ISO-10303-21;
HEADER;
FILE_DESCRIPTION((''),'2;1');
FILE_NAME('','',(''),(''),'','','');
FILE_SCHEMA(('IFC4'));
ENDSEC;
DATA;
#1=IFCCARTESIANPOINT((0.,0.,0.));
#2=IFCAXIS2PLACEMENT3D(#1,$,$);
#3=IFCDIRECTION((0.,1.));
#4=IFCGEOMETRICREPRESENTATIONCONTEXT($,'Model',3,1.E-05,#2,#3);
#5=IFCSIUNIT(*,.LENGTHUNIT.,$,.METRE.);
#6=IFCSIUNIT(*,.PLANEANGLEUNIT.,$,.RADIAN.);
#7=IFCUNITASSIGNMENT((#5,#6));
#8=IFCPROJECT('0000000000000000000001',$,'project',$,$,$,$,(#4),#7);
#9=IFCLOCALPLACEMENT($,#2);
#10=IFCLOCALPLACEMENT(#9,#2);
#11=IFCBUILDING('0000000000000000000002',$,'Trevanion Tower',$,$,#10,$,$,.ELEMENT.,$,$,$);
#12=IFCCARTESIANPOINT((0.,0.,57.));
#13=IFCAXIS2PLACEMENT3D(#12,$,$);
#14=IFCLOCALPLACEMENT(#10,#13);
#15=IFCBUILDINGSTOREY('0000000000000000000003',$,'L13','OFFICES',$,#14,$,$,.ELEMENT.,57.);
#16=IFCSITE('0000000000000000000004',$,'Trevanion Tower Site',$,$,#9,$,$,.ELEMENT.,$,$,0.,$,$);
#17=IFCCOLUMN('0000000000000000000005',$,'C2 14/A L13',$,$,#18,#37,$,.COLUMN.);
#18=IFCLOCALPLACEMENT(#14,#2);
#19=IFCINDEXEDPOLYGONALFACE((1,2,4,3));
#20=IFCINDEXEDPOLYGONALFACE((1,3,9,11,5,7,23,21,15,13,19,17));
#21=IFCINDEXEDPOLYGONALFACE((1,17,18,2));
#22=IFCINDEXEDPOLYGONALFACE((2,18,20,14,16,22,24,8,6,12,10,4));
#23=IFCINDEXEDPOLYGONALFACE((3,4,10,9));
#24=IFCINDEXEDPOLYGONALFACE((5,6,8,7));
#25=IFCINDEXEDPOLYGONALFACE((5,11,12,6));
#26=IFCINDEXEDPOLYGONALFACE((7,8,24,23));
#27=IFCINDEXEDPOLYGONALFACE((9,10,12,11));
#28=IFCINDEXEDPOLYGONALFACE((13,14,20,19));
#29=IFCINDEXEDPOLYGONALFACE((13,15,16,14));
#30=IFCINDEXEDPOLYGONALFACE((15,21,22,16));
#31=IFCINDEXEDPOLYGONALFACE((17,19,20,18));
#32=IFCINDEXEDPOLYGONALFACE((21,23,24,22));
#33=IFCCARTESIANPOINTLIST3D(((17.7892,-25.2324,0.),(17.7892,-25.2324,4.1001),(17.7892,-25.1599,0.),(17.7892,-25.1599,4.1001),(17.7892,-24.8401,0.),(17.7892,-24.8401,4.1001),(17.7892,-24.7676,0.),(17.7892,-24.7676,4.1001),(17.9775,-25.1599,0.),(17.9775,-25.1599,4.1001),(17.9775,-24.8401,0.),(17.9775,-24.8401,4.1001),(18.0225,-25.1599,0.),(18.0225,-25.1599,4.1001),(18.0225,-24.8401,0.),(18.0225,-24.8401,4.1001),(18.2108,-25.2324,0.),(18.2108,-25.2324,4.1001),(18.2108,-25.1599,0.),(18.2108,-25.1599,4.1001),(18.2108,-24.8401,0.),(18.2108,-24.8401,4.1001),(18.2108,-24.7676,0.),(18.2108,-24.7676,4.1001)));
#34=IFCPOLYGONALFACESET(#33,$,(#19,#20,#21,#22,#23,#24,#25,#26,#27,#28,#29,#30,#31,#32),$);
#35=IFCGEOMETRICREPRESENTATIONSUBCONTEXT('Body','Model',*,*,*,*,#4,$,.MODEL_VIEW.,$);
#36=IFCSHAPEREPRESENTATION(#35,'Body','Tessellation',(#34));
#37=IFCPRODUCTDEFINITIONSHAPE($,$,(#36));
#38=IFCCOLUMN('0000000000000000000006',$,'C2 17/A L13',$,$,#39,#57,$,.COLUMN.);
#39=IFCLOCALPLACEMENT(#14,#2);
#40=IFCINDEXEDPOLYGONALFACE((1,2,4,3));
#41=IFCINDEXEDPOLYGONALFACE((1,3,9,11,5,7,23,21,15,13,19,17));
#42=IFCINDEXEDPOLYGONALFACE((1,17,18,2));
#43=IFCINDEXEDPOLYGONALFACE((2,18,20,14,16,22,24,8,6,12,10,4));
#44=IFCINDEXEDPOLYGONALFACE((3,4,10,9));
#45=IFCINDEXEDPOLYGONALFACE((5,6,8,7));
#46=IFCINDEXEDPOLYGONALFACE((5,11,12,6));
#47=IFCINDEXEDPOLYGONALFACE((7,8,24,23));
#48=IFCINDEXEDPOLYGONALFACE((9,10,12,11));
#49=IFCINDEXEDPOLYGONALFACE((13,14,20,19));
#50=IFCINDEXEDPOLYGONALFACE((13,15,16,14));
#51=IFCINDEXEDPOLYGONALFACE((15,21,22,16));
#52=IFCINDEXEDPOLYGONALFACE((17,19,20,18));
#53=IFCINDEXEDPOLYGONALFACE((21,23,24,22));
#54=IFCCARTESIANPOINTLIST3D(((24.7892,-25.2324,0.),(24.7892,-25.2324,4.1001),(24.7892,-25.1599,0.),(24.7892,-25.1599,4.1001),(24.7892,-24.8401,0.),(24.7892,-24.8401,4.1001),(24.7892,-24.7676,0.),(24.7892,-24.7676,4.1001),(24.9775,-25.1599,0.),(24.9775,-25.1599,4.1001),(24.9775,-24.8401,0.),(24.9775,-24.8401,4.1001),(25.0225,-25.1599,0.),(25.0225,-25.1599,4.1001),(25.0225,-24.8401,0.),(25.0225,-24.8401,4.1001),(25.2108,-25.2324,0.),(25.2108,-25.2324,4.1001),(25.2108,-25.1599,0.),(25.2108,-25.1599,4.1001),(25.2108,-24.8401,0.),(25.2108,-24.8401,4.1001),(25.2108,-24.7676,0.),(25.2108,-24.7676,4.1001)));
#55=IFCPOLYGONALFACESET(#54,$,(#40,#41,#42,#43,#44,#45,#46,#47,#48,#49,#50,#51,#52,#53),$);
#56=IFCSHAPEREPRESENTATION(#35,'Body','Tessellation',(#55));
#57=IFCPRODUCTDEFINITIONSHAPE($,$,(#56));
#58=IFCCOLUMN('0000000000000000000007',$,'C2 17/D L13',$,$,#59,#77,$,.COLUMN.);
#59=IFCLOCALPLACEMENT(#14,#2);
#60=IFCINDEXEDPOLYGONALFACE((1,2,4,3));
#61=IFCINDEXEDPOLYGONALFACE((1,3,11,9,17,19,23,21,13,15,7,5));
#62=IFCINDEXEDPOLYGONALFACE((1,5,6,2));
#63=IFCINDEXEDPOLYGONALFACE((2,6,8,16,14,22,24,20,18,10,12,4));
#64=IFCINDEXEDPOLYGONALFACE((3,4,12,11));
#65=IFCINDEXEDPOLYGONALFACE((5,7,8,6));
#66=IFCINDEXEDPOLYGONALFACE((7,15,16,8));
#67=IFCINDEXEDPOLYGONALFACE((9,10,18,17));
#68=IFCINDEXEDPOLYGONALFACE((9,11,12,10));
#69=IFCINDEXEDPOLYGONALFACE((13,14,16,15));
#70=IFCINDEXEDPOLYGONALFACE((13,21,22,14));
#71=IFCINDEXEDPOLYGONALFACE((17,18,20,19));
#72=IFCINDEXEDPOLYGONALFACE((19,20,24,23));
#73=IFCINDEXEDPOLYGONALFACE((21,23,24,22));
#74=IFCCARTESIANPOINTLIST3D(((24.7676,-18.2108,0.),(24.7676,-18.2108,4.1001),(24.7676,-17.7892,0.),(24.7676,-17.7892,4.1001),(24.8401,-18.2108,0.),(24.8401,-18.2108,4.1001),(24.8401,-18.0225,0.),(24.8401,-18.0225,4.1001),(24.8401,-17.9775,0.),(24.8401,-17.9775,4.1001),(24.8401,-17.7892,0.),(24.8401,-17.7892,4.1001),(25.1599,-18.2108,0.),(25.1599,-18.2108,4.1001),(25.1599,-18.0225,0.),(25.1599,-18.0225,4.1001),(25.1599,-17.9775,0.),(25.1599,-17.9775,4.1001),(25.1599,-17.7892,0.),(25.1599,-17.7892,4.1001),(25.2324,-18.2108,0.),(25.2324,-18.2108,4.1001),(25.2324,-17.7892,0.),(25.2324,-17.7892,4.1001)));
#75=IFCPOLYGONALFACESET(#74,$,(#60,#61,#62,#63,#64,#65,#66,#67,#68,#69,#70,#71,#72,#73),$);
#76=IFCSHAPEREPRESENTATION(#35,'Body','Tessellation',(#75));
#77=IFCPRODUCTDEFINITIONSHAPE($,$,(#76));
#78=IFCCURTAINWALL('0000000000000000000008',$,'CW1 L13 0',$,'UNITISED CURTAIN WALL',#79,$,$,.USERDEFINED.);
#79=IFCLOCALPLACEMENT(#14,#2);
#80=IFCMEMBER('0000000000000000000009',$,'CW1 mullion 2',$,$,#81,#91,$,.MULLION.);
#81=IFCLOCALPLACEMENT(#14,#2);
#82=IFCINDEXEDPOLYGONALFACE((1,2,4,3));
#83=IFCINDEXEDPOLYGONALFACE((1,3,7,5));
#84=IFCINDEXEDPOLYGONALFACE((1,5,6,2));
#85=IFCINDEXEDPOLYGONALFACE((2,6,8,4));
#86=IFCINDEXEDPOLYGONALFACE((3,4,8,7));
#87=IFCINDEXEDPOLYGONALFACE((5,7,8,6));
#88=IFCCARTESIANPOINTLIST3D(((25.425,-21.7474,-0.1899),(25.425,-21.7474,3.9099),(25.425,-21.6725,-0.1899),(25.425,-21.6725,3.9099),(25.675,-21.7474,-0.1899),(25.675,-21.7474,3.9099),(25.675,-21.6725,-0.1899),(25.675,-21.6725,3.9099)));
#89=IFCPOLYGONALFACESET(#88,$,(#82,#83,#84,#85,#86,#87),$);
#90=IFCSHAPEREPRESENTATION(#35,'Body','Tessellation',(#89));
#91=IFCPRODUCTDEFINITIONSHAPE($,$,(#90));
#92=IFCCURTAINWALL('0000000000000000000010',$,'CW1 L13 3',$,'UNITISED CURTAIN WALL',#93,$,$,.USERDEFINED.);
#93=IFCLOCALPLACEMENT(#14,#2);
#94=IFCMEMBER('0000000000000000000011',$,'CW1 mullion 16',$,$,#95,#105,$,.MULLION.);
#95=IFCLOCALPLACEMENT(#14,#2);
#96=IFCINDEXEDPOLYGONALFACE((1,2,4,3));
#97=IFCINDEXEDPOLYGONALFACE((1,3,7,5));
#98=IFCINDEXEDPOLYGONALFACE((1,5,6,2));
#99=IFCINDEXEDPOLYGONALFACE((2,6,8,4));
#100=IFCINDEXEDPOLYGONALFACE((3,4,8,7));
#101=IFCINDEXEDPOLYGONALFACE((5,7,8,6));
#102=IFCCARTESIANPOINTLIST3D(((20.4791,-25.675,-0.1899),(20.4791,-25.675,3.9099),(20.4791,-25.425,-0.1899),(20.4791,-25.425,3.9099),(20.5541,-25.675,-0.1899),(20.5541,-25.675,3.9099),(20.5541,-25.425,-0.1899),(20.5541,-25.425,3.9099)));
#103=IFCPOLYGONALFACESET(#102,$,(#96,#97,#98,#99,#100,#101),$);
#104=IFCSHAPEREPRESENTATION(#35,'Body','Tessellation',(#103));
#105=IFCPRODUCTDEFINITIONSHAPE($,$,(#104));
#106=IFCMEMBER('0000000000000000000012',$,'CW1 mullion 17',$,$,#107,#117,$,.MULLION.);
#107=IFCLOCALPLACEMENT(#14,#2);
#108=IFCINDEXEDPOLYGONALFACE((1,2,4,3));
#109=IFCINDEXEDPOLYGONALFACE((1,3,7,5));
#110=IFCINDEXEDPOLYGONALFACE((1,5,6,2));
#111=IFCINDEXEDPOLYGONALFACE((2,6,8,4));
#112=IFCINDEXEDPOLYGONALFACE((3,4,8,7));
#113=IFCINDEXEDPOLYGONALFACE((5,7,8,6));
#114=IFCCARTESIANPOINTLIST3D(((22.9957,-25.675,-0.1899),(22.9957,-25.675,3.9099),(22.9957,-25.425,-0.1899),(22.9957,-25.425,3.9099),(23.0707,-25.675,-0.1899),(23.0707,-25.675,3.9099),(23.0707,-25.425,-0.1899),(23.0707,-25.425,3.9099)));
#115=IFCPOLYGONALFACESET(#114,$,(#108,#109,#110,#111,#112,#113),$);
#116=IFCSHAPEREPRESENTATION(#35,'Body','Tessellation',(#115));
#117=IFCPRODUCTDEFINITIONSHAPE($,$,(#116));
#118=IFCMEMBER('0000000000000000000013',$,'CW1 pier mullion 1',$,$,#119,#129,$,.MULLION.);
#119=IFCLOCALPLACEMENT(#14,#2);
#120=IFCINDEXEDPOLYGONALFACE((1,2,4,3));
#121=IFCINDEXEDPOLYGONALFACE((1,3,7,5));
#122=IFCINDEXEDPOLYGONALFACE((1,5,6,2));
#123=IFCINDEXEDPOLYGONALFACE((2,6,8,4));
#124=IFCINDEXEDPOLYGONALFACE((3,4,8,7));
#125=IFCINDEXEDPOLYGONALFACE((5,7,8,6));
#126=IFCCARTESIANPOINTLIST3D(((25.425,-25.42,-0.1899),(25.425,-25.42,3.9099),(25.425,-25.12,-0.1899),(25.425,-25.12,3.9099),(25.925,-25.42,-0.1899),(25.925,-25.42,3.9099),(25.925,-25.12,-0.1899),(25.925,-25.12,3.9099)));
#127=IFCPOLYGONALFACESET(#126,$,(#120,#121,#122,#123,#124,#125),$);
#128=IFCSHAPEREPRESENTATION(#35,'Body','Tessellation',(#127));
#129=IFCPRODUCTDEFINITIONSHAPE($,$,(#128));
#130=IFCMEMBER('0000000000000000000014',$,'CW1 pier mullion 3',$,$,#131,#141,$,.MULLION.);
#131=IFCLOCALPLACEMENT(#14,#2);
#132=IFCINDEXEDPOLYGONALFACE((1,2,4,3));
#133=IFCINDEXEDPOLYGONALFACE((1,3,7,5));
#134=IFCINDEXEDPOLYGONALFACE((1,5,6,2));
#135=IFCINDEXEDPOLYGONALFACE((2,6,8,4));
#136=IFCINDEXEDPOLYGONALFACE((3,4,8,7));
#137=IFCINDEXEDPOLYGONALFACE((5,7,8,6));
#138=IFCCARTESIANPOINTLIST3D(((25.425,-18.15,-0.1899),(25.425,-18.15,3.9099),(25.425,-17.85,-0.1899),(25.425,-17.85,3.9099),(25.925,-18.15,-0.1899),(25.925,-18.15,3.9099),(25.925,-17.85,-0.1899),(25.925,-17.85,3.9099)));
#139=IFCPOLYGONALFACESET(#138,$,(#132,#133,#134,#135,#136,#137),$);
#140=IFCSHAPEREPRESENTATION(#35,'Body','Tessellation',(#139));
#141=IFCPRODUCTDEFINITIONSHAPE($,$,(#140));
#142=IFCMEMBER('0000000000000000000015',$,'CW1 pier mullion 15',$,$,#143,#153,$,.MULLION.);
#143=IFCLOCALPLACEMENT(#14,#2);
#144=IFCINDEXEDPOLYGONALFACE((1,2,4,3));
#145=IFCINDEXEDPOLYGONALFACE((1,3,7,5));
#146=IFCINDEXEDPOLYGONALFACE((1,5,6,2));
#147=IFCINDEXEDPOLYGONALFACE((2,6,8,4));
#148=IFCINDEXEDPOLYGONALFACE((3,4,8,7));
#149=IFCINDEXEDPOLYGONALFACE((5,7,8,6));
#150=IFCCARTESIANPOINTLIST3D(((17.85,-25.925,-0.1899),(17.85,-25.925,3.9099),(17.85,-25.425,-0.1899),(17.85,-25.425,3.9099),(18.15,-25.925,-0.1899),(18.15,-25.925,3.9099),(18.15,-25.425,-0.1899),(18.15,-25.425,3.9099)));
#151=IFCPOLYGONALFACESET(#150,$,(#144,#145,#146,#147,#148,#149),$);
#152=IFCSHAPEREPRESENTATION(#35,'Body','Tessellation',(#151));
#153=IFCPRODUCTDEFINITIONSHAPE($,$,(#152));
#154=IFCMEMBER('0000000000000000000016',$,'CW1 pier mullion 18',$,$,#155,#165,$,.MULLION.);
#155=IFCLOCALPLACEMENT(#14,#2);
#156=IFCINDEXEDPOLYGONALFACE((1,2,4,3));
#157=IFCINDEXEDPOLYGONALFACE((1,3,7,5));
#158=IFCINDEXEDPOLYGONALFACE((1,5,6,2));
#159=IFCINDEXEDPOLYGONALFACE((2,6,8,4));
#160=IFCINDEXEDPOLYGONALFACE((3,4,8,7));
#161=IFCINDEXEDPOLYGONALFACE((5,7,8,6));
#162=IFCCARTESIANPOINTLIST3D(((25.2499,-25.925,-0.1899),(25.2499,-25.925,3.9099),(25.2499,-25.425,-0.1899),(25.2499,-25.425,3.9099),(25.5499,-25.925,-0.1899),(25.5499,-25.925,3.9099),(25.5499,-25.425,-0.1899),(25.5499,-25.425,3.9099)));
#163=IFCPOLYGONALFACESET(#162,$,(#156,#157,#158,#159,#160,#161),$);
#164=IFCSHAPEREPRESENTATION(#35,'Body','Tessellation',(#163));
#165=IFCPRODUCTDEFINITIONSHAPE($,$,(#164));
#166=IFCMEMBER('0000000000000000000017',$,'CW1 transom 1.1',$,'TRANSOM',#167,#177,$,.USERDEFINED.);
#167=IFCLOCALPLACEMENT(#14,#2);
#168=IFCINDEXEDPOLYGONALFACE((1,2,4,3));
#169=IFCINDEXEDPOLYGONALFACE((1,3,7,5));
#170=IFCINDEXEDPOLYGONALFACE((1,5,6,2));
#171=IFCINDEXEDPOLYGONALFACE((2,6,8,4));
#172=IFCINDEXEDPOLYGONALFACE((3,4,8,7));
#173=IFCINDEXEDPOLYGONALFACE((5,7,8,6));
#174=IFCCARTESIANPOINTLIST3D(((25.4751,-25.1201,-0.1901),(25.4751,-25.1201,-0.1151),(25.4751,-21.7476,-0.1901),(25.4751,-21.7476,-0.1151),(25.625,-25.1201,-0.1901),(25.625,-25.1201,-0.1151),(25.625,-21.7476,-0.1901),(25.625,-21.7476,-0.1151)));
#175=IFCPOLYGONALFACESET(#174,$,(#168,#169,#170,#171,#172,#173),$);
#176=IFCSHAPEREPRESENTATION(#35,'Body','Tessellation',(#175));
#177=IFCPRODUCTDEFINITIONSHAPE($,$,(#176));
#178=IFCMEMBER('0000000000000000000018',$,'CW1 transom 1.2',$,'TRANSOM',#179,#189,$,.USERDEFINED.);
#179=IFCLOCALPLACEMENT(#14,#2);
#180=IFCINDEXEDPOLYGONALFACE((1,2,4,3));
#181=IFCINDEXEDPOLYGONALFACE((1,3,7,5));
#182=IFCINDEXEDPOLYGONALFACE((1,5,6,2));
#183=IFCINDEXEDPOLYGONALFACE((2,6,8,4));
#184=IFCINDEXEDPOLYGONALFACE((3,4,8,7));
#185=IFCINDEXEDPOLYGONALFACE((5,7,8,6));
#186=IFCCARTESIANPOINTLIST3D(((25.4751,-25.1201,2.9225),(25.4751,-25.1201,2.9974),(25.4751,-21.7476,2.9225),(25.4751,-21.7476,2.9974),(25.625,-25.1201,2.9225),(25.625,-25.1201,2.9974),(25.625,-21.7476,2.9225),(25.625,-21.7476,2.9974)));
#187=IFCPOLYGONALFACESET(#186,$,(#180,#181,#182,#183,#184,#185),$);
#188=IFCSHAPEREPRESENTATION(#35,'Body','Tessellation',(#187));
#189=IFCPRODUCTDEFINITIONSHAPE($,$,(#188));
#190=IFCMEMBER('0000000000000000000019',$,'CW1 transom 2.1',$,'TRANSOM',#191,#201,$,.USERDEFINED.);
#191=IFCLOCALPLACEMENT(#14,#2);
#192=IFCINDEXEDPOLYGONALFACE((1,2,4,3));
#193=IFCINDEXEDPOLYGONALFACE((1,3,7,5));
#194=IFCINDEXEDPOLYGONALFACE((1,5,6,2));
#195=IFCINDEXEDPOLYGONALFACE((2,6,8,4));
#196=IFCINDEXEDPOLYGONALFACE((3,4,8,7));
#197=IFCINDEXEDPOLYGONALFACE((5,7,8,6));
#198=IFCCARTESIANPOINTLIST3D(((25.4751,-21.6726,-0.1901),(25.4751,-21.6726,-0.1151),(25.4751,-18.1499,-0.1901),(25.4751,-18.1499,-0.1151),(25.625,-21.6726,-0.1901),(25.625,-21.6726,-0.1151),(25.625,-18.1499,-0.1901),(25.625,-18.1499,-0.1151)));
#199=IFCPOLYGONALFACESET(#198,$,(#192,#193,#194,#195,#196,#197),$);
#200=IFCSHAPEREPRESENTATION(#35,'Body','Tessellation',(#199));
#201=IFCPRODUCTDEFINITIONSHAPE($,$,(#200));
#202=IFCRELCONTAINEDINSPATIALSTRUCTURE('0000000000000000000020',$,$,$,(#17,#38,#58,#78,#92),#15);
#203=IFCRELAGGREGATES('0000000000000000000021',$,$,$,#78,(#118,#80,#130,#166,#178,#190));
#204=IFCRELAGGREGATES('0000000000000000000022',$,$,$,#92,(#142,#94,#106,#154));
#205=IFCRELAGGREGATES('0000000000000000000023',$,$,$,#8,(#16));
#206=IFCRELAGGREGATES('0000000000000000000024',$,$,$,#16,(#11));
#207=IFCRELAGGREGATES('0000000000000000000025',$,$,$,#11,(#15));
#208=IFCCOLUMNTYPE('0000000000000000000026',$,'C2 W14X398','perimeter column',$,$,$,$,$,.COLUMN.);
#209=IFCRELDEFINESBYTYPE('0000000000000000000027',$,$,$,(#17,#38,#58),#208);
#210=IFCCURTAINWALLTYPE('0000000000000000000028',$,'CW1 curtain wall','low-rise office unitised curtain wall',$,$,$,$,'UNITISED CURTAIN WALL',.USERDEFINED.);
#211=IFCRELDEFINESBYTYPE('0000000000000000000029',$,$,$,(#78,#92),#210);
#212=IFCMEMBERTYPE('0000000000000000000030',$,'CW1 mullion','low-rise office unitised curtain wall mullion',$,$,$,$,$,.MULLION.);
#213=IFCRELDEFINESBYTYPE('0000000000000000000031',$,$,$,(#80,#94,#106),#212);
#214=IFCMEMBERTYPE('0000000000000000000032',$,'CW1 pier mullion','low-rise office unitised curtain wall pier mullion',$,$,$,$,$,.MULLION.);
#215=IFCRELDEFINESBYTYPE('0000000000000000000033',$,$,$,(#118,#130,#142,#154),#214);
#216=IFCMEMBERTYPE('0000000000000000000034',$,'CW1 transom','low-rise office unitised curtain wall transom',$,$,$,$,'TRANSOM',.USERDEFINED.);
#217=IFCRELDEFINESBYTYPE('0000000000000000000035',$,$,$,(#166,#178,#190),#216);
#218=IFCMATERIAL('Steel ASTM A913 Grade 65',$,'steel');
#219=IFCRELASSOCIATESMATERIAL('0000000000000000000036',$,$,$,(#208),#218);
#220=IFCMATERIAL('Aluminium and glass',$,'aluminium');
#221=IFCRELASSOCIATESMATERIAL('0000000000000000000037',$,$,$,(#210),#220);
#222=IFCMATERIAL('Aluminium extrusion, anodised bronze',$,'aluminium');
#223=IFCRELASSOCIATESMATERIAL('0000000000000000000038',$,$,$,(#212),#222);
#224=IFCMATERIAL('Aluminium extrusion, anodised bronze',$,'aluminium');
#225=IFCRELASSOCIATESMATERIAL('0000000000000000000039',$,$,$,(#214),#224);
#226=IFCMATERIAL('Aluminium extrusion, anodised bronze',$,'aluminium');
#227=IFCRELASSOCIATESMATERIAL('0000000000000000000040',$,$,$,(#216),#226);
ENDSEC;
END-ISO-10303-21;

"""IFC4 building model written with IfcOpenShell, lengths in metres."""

from ifc_helpers import new_model, si_unit, direction, frame, origin, origin_2d, place, context, subcontext, project, spatial, rectangle, i_section, extrude, material, material_profile, profile_set, type_object, element, aggregate, save


model = new_model("IFC4")

# Units and contexts
model_context = context("Model", 3, precision=1e-05, world=origin(), true_north=direction((0.0, 1.0)))
body_context = subcontext(model_context, "Body", "Model", "MODEL_VIEW")
ifc_project = project(units=[si_unit("LENGTHUNIT", "METRE"), si_unit("PLANEANGLEUNIT", "RADIAN")], contexts=[model_context])

# Site, building, storey
site_placement = place(None, origin())
site = spatial("IfcSite", under=ifc_project, at=site_placement, Name="Trevanion Tower Site", CompositionType="ELEMENT", RefElevation=0.0)
building_placement = place(site_placement, origin())
building = spatial("IfcBuilding", under=site, at=building_placement, Name="Trevanion Tower", CompositionType="ELEMENT")
storey_placement = place(building_placement, frame((0.0, 0.0, 57.0)))
storey = spatial("IfcBuildingStorey", under=building, at=storey_placement, Name="L13", Description="OFFICES", CompositionType="ELEMENT", Elevation=57.0)

# Columns
ifc_material_1 = material(Name="Steel ASTM A913 Grade 65", Category="steel")
ifc_material_profile_1 = material_profile(ifc_material_1, i_section(OverallWidth=0.4216, OverallDepth=0.4648, WebThickness=0.0449, FlangeThickness=0.0725, at=origin_2d()), Name="W14X398")
ifc_profile_set_1 = profile_set([ifc_material_profile_1], Name="Steel ASTM A913 Grade 65")
column_type = type_object("IfcColumnType", Name="C2 W14X398", Description="perimeter column", PredefinedType="COLUMN", material=ifc_profile_set_1)
for number, where, z_axis, x_axis, name in (
    (1, (18.0, -25.0, 0.0), (0.0, 0.0, 1.0), (1.0, 0.0, 0.0), "C2 14/A L13"),
    (2, (25.0, -25.0, 0.0), (0.0, 0.0, 1.0), (1.0, 0.0, 0.0), "C2 17/A L13"),
    (3, (25.0, -18.0, 0.0), (0.0, 0.0, 1.0), (0.0, 1.0, 0.0), "C2 17/D L13"),
):
    element("IfcColumn", number, at=place(storey_placement, frame(where, z_axis=z_axis, x_axis=x_axis)), inside=storey, type_object=column_type, Name=name, PredefinedType="COLUMN", context=body_context, shape_type="SweptSolid", body=[
        extrude(i_section(OverallWidth=0.4216, OverallDepth=0.4648, WebThickness=0.0449, FlangeThickness=0.0725, at=origin_2d()), origin(), (0.0, 0.0, 1.0), 4.1001),
    ])

# Curtain wall, member
ifc_material_2 = material(Name="Aluminium and glass", Category="aluminium")
curtain_wall_type = type_object("IfcCurtainWallType", Name="CW1 curtain wall", Description="low-rise office unitised curtain wall", ElementType="UNITISED CURTAIN WALL", PredefinedType="USERDEFINED", material=ifc_material_2)
curtain_wall_1_placement = place(storey_placement, origin())
curtain_wall_1 = element("IfcCurtainWall", 4, at=curtain_wall_1_placement, inside=storey, type_object=curtain_wall_type, Name="CW1 L13 0", ObjectType="UNITISED CURTAIN WALL", PredefinedType="USERDEFINED")
ifc_material_3 = material(Name="Aluminium extrusion, anodised bronze", Category="aluminium")
ifc_material_profile_2 = material_profile(ifc_material_3, rectangle(XDim=0.075, YDim=0.25, at=origin_2d()), Name="CW1 mullion")
ifc_profile_set_2 = profile_set([ifc_material_profile_2], Name="Aluminium extrusion, anodised bronze")
member_type_1 = type_object("IfcMemberType", Name="CW1 mullion", Description="low-rise office unitised curtain wall mullion", PredefinedType="MULLION", material=ifc_profile_set_2)
member_1_placement = place(storey_placement, frame((25.55, -21.71, -0.1899), z_axis=(0.0, 0.0, 1.0), x_axis=(0.0, 1.0, 0.0)))
member_1 = element("IfcMember", 5, at=member_1_placement, type_object=member_type_1, Name="CW1 mullion 2", PredefinedType="MULLION", context=body_context, shape_type="SweptSolid", body=[
    extrude(rectangle(XDim=0.075, YDim=0.25, at=origin_2d()), origin(), (0.0, 0.0, 1.0), 4.0999),
])

# Curtain wall, members
curtain_wall_2_placement = place(storey_placement, origin())
curtain_wall_2 = element("IfcCurtainWall", 6, at=curtain_wall_2_placement, inside=storey, type_object=curtain_wall_type, Name="CW1 L13 3", ObjectType="UNITISED CURTAIN WALL", PredefinedType="USERDEFINED")
member_2_placement = place(storey_placement, frame((20.5166, -25.55, -0.1899), z_axis=(0.0, 0.0, 1.0), x_axis=(1.0, 0.0, 0.0)))
member_2 = element("IfcMember", 7, at=member_2_placement, type_object=member_type_1, Name="CW1 mullion 16", PredefinedType="MULLION", context=body_context, shape_type="SweptSolid", body=[
    extrude(rectangle(XDim=0.075, YDim=0.25, at=origin_2d()), origin(), (0.0, 0.0, 1.0), 4.0999),
])
member_3_placement = place(storey_placement, frame((23.0332, -25.55, -0.1899), z_axis=(0.0, 0.0, 1.0), x_axis=(1.0, 0.0, 0.0)))
member_3 = element("IfcMember", 8, at=member_3_placement, type_object=member_type_1, Name="CW1 mullion 17", PredefinedType="MULLION", context=body_context, shape_type="SweptSolid", body=[
    extrude(rectangle(XDim=0.075, YDim=0.25, at=origin_2d()), origin(), (0.0, 0.0, 1.0), 4.0999),
])

# Members
ifc_material_4 = material(Name="Aluminium extrusion, anodised bronze", Category="aluminium")
ifc_material_profile_3 = material_profile(ifc_material_4, rectangle(XDim=0.3, YDim=0.5, at=origin_2d()), Name="CW1 pier mullion")
ifc_profile_set_3 = profile_set([ifc_material_profile_3], Name="Aluminium extrusion, anodised bronze")
member_type_2 = type_object("IfcMemberType", Name="CW1 pier mullion", Description="low-rise office unitised curtain wall pier mullion", PredefinedType="MULLION", material=ifc_profile_set_3)
member_4_placement = place(storey_placement, frame((25.675, -25.27, -0.1899), z_axis=(0.0, 0.0, 1.0), x_axis=(0.0, 1.0, 0.0)))
member_4 = element("IfcMember", 9, at=member_4_placement, type_object=member_type_2, Name="CW1 pier mullion 1", PredefinedType="MULLION", context=body_context, shape_type="SweptSolid", body=[
    extrude(rectangle(XDim=0.3, YDim=0.5, at=origin_2d()), origin(), (0.0, 0.0, 1.0), 4.0999),
])
member_5_placement = place(storey_placement, frame((25.675, -18.0, -0.1899), z_axis=(0.0, 0.0, 1.0), x_axis=(0.0, 1.0, 0.0)))
member_5 = element("IfcMember", 10, at=member_5_placement, type_object=member_type_2, Name="CW1 pier mullion 3", PredefinedType="MULLION", context=body_context, shape_type="SweptSolid", body=[
    extrude(rectangle(XDim=0.3, YDim=0.5, at=origin_2d()), origin(), (0.0, 0.0, 1.0), 4.0999),
])
member_6_placement = place(storey_placement, frame((18.0, -25.675, -0.1899), z_axis=(0.0, 0.0, 1.0), x_axis=(1.0, 0.0, 0.0)))
member_6 = element("IfcMember", 11, at=member_6_placement, type_object=member_type_2, Name="CW1 pier mullion 15", PredefinedType="MULLION", context=body_context, shape_type="SweptSolid", body=[
    extrude(rectangle(XDim=0.3, YDim=0.5, at=origin_2d()), origin(), (0.0, 0.0, 1.0), 4.0999),
])
member_7_placement = place(storey_placement, frame((25.3999, -25.675, -0.1899), z_axis=(0.0, 0.0, 1.0), x_axis=(1.0, 0.0, 0.0)))
member_7 = element("IfcMember", 12, at=member_7_placement, type_object=member_type_2, Name="CW1 pier mullion 18", PredefinedType="MULLION", context=body_context, shape_type="SweptSolid", body=[
    extrude(rectangle(XDim=0.3, YDim=0.5, at=origin_2d()), origin(), (0.0, 0.0, 1.0), 4.0999),
])
ifc_material_5 = material(Name="Aluminium extrusion, anodised bronze", Category="aluminium")
ifc_material_profile_4 = material_profile(ifc_material_5, rectangle(XDim=0.1499, YDim=0.075, at=origin_2d()), Name="CW1 transom")
ifc_profile_set_4 = profile_set([ifc_material_profile_4], Name="Aluminium extrusion, anodised bronze")
member_type_3 = type_object("IfcMemberType", Name="CW1 transom", Description="low-rise office unitised curtain wall transom", ElementType="TRANSOM", PredefinedType="USERDEFINED", material=ifc_profile_set_4)
member_8_placement = place(storey_placement, frame((25.55, -25.1201, -0.1526), z_axis=(0.0, 1.0, 0.0), x_axis=(-1.0, 0.0, 0.0)))
member_8 = element("IfcMember", 13, at=member_8_placement, type_object=member_type_3, Name="CW1 transom 1.1", ObjectType="TRANSOM", PredefinedType="USERDEFINED", context=body_context, shape_type="SweptSolid", body=[
    extrude(rectangle(XDim=0.1499, YDim=0.075, at=origin_2d()), origin(), (0.0, 0.0, 1.0), 3.3726),
])
member_9_placement = place(storey_placement, frame((25.55, -25.1201, 2.96), z_axis=(0.0, 1.0, 0.0), x_axis=(-1.0, 0.0, 0.0)))
member_9 = element("IfcMember", 14, at=member_9_placement, type_object=member_type_3, Name="CW1 transom 1.2", ObjectType="TRANSOM", PredefinedType="USERDEFINED", context=body_context, shape_type="SweptSolid", body=[
    extrude(rectangle(XDim=0.1499, YDim=0.075, at=origin_2d()), origin(), (0.0, 0.0, 1.0), 3.3726),
])
member_10_placement = place(storey_placement, frame((25.55, -21.6726, -0.1526), z_axis=(0.0, 1.0, 0.0), x_axis=(-1.0, 0.0, 0.0)))
member_10 = element("IfcMember", 15, at=member_10_placement, type_object=member_type_3, Name="CW1 transom 2.1", ObjectType="TRANSOM", PredefinedType="USERDEFINED", context=body_context, shape_type="SweptSolid", body=[
    extrude(rectangle(XDim=0.1499, YDim=0.075, at=origin_2d()), origin(), (0.0, 0.0, 1.0), 3.5227),
])

aggregate(curtain_wall_1, [member_4, member_1, member_5, member_8, member_9, member_10])
aggregate(curtain_wall_2, [member_6, member_2, member_3, member_7])

save(model, "model.ifc")
